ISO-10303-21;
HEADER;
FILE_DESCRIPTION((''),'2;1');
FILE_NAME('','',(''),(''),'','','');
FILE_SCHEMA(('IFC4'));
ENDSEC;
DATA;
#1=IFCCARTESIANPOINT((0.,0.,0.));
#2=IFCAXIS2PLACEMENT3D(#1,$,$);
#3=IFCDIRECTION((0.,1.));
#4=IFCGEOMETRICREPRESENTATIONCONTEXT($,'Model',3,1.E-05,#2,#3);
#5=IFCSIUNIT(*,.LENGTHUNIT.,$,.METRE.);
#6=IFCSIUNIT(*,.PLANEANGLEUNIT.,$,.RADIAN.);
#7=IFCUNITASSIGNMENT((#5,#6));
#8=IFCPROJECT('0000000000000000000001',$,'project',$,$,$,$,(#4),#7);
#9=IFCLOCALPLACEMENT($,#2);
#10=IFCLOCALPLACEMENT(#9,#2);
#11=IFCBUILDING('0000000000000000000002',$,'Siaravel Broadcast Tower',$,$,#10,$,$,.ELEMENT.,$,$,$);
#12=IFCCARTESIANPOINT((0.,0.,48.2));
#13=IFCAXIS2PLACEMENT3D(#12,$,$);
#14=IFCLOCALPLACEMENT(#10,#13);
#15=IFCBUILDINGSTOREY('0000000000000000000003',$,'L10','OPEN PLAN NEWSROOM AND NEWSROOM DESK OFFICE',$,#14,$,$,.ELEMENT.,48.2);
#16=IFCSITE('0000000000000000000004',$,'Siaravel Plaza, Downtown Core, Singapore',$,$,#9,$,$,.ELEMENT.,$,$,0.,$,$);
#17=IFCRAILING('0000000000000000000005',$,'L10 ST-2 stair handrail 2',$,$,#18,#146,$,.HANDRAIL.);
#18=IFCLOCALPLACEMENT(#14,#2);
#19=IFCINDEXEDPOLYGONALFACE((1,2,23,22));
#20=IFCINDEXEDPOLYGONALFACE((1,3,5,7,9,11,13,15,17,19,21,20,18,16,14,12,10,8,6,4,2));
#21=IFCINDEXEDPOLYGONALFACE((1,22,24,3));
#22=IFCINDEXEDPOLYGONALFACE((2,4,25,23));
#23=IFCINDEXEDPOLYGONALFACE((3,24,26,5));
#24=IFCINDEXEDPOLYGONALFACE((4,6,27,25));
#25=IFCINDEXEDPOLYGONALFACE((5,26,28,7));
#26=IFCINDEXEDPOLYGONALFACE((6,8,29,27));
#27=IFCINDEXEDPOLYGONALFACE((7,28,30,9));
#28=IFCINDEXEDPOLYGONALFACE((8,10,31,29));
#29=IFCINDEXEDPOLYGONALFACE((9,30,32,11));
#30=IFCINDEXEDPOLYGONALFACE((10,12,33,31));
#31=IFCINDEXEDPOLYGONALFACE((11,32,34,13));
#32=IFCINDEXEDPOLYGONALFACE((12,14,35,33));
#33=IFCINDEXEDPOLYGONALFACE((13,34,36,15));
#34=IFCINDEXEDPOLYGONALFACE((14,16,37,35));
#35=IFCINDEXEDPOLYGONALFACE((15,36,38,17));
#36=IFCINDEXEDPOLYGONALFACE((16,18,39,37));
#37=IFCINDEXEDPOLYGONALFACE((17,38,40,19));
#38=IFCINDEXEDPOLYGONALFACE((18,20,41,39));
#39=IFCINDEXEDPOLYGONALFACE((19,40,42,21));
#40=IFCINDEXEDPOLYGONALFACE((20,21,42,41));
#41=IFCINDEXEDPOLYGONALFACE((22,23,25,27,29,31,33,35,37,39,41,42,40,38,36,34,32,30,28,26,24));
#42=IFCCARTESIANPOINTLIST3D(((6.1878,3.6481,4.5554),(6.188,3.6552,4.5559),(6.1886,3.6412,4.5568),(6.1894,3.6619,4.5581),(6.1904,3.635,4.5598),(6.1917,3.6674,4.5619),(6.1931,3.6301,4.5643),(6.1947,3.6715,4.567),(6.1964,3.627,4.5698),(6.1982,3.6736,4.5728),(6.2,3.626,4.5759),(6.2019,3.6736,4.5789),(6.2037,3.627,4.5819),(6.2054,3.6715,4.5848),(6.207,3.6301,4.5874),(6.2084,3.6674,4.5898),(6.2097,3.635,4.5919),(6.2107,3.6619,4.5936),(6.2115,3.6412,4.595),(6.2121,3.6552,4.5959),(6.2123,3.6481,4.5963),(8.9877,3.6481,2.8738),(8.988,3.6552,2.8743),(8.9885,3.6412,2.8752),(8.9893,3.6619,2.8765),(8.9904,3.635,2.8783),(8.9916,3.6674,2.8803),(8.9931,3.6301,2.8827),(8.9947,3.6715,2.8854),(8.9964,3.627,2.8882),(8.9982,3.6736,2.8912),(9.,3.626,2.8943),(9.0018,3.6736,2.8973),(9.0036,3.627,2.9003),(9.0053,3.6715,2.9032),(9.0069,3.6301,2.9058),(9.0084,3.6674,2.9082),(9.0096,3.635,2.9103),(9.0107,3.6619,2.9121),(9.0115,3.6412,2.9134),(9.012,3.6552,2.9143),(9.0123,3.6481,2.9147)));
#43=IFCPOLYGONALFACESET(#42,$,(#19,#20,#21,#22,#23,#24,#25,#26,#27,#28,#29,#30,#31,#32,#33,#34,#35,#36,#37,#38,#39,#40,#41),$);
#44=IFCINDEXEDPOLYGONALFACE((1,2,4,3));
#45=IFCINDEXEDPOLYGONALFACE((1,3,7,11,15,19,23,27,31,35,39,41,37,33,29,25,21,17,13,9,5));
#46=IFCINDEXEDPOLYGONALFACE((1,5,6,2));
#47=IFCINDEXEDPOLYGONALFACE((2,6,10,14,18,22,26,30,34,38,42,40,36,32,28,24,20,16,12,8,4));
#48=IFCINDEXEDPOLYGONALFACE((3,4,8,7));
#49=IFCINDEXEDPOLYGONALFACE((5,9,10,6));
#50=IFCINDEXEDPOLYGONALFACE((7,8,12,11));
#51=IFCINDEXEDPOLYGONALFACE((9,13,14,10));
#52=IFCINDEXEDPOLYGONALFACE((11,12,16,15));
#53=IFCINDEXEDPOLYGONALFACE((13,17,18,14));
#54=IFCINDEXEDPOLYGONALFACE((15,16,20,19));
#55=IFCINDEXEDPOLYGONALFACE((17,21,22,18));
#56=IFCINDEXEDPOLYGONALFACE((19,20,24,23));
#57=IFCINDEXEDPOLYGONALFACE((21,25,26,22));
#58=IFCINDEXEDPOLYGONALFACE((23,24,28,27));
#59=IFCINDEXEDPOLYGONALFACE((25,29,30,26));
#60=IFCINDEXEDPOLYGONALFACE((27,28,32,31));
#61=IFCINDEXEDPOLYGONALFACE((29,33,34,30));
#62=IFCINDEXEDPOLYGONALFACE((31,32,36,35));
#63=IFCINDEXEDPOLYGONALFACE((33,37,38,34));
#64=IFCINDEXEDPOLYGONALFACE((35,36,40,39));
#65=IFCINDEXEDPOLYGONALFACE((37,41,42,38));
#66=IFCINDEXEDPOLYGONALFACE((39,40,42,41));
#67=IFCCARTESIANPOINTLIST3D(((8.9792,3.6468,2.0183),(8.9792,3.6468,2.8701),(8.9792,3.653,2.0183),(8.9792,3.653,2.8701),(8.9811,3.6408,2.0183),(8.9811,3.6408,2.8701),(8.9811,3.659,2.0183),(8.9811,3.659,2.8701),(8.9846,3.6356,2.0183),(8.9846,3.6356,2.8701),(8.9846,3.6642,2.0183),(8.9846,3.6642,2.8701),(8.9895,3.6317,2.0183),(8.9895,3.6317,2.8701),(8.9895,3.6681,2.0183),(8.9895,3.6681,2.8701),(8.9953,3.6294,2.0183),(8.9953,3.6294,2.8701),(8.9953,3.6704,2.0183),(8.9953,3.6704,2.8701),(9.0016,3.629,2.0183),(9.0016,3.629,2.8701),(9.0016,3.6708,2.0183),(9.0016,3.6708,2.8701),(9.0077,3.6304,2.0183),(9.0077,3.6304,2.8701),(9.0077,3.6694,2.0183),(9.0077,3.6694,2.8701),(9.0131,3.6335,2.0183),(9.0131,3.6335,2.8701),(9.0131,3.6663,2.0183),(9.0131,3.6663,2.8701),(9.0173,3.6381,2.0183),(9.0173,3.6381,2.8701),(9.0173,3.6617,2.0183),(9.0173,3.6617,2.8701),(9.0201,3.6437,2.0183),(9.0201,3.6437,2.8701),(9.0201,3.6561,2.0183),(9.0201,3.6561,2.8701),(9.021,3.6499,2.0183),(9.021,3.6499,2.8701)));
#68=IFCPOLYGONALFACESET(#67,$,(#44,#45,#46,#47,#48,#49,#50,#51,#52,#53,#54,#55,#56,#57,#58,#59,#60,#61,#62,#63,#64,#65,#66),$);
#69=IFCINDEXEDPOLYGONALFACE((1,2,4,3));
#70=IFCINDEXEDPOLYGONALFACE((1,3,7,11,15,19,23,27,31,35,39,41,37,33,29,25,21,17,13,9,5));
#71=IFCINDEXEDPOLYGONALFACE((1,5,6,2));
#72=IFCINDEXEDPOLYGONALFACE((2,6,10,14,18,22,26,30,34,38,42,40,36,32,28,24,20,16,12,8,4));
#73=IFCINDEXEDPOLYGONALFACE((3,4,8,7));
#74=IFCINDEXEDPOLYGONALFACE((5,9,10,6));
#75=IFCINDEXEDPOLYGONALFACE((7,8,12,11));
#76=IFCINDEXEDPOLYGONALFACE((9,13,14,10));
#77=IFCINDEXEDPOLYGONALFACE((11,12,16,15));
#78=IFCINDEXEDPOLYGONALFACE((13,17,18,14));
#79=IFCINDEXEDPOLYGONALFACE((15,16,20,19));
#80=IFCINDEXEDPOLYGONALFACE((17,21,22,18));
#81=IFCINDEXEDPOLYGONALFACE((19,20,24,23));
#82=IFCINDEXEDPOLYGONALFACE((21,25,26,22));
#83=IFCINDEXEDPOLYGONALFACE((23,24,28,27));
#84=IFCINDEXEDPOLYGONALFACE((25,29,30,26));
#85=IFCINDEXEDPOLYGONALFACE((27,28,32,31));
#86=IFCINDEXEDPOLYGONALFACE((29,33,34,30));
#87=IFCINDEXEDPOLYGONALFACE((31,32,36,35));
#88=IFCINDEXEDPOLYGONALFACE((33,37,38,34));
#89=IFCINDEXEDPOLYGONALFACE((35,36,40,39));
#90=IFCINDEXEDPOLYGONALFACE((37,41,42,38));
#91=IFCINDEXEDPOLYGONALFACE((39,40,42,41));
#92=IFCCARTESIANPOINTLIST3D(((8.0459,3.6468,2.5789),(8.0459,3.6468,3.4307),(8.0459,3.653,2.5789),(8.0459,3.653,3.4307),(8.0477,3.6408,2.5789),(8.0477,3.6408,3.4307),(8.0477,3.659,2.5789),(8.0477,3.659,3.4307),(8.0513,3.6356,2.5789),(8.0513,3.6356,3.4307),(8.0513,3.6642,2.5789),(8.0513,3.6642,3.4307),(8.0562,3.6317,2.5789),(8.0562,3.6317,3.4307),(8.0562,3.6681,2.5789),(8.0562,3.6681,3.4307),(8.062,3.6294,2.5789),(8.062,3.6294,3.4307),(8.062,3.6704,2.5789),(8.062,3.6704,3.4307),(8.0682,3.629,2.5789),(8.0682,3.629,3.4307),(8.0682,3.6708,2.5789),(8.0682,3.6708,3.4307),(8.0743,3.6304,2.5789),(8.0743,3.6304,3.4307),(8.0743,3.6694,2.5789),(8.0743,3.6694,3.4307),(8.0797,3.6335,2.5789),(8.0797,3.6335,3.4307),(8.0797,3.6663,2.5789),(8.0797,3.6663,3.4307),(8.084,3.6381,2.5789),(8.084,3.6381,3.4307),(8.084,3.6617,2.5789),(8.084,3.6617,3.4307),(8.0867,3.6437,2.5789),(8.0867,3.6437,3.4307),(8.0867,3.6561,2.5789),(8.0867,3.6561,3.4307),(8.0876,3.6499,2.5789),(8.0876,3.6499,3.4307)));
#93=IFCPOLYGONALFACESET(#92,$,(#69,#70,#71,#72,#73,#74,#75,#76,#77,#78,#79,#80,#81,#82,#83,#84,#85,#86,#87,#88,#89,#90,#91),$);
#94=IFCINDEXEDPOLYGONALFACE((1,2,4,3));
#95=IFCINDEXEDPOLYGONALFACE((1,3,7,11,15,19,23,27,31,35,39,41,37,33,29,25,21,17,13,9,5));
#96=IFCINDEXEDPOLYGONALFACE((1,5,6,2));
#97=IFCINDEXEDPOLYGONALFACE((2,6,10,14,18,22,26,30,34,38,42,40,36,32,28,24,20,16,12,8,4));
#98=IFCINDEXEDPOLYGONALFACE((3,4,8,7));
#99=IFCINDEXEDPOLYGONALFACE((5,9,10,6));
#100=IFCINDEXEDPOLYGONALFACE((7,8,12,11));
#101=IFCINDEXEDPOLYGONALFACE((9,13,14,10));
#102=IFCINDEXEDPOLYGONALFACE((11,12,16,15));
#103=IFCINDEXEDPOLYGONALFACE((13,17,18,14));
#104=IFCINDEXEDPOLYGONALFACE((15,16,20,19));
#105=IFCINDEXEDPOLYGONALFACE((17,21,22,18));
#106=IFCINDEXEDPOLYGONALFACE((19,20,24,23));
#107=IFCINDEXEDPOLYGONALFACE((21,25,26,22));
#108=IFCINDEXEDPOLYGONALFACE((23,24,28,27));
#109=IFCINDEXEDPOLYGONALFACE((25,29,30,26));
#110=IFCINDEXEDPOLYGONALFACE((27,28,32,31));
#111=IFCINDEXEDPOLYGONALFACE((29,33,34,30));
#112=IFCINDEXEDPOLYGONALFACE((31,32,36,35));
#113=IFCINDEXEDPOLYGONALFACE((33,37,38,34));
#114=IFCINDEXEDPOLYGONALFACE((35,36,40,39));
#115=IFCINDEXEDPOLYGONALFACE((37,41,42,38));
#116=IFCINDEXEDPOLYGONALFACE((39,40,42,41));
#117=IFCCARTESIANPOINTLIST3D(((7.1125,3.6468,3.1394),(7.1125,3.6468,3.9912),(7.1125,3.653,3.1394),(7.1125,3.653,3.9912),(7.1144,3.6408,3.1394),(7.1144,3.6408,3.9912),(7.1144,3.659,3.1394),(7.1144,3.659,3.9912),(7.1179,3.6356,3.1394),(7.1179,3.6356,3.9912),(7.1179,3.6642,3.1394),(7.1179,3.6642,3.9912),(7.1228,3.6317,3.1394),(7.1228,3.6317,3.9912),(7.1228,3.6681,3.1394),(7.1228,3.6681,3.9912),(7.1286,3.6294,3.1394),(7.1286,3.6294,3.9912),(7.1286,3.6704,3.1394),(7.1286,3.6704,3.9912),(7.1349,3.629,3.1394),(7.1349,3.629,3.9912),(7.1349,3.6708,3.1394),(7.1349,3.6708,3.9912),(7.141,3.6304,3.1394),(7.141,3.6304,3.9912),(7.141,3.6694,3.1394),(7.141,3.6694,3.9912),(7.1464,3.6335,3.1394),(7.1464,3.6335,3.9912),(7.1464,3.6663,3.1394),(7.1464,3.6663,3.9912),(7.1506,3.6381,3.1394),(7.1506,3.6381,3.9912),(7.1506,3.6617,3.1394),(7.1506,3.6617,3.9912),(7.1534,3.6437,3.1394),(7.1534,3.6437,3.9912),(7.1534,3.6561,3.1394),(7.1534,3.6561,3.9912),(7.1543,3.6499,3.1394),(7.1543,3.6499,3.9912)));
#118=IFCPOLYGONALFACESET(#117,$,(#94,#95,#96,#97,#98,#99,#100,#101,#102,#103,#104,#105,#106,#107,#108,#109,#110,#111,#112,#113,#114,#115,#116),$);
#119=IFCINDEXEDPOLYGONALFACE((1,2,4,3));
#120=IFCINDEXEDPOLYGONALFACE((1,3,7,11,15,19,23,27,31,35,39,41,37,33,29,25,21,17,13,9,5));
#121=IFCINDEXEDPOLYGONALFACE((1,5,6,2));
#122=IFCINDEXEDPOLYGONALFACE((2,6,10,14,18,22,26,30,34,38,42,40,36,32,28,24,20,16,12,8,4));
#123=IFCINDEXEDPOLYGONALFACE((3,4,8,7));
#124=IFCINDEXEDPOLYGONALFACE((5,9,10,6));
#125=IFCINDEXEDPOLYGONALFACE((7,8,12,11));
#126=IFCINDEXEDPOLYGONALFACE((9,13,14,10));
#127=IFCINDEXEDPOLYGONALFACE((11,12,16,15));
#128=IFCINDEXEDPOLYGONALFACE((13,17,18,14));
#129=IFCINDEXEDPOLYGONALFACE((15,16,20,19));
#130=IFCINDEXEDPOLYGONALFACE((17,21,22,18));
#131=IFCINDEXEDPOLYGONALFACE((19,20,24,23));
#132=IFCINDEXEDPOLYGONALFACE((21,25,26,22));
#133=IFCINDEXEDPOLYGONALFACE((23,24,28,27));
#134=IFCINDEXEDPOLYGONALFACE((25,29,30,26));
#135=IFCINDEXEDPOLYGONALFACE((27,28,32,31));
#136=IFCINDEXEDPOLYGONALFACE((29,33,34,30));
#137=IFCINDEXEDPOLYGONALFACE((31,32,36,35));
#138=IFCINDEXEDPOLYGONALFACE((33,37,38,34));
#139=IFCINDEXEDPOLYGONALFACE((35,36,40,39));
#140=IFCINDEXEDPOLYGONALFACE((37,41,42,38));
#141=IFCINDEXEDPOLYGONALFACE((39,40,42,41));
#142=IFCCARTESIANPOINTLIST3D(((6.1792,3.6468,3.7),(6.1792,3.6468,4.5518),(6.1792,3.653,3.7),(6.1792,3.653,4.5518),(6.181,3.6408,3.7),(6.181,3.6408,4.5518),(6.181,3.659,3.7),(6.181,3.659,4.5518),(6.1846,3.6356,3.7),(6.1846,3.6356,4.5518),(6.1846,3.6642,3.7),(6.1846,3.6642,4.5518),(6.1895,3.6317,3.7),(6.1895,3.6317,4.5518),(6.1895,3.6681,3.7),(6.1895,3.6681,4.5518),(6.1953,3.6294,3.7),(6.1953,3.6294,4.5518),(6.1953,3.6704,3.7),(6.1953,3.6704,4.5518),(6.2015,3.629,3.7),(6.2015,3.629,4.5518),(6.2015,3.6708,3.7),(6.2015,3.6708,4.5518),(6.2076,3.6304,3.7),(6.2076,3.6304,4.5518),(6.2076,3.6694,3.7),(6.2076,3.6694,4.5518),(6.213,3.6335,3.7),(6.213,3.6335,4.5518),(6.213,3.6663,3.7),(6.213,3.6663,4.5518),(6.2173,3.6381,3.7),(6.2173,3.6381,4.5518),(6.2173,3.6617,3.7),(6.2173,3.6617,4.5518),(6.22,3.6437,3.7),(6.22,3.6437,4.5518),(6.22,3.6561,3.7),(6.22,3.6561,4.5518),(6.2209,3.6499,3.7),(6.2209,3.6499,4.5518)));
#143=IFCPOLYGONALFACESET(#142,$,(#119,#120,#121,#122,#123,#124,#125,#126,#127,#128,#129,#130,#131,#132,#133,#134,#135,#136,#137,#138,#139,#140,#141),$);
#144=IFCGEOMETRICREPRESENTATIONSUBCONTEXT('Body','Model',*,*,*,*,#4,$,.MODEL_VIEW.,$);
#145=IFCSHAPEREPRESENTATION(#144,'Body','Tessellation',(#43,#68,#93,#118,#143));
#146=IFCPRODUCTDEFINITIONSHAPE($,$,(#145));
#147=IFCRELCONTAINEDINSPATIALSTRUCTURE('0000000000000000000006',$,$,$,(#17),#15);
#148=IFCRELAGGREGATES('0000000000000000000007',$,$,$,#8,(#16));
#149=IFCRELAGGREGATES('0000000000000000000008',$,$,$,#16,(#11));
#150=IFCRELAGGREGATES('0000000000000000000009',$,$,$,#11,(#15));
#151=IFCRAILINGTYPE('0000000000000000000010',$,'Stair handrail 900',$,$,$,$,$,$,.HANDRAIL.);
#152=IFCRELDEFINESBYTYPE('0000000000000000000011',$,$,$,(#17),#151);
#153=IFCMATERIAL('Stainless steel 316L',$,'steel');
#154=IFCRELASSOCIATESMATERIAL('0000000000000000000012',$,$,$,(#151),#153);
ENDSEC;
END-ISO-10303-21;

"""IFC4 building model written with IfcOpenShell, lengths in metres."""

from ifc_helpers import new_model, si_unit, direction, frame, origin, origin_2d, place, context, subcontext, project, spatial, circle, extrude, material, type_object, element, save


model = new_model("IFC4")

# Units and contexts
model_context = context("Model", 3, precision=1e-05, world=origin(), true_north=direction((0.0, 1.0)))
body_context = subcontext(model_context, "Body", "Model", "MODEL_VIEW")
ifc_project = project(units=[si_unit("LENGTHUNIT", "METRE"), si_unit("PLANEANGLEUNIT", "RADIAN")], contexts=[model_context])

# Site, building, storey
site_placement = place(None, origin())
site = spatial("IfcSite", under=ifc_project, at=site_placement, Name="Siaravel Plaza, Downtown Core, Singapore", CompositionType="ELEMENT", RefElevation=0.0)
building_placement = place(site_placement, origin())
building = spatial("IfcBuilding", under=site, at=building_placement, Name="Siaravel Broadcast Tower", CompositionType="ELEMENT")
storey_placement = place(building_placement, frame((0.0, 0.0, 48.2)))
storey = spatial("IfcBuildingStorey", under=building, at=storey_placement, Name="L10", Description="OPEN PLAN NEWSROOM AND NEWSROOM DESK OFFICE", CompositionType="ELEMENT", Elevation=48.2)

# Railing
ifc_material_1 = material(Name="Stainless steel 316L", Category="steel")
railing_type_1 = type_object("IfcRailingType", Name="Stair handrail 900", PredefinedType="HANDRAIL", material=ifc_material_1)
railing_1_placement = place(storey_placement, frame((9.0, 3.6499, 2.0183)))
element("IfcRailing", 1, at=railing_1_placement, inside=storey, type_object=railing_type_1, Name="L10 ST-2 stair handrail 2", PredefinedType="HANDRAIL", context=body_context, shape_type="SweptSolid", body=[
    extrude(circle(Radius=0.0239, at=origin_2d()), frame((0.0, 0.0, 0.876), z_axis=(-0.857275, 0.0, 0.514858), x_axis=(0.0, -1.0, 0.0)), (0.0, 0.0, 1.0), 3.2661),
    extrude(circle(Radius=0.021, at=origin_2d()), origin(), (0.0, 0.0, 1.0), 0.8518),
    extrude(circle(Radius=0.021, at=origin_2d()), frame((-0.9333, 0.0, 0.5605)), (0.0, 0.0, 1.0), 0.8518),
    extrude(circle(Radius=0.021, at=origin_2d()), frame((-1.8667, 0.0, 1.1211)), (0.0, 0.0, 1.0), 0.8518),
    extrude(circle(Radius=0.021, at=origin_2d()), frame((-2.8, 0.0, 1.6816)), (0.0, 0.0, 1.0), 0.8518),
])

save(model, "model.ifc")
